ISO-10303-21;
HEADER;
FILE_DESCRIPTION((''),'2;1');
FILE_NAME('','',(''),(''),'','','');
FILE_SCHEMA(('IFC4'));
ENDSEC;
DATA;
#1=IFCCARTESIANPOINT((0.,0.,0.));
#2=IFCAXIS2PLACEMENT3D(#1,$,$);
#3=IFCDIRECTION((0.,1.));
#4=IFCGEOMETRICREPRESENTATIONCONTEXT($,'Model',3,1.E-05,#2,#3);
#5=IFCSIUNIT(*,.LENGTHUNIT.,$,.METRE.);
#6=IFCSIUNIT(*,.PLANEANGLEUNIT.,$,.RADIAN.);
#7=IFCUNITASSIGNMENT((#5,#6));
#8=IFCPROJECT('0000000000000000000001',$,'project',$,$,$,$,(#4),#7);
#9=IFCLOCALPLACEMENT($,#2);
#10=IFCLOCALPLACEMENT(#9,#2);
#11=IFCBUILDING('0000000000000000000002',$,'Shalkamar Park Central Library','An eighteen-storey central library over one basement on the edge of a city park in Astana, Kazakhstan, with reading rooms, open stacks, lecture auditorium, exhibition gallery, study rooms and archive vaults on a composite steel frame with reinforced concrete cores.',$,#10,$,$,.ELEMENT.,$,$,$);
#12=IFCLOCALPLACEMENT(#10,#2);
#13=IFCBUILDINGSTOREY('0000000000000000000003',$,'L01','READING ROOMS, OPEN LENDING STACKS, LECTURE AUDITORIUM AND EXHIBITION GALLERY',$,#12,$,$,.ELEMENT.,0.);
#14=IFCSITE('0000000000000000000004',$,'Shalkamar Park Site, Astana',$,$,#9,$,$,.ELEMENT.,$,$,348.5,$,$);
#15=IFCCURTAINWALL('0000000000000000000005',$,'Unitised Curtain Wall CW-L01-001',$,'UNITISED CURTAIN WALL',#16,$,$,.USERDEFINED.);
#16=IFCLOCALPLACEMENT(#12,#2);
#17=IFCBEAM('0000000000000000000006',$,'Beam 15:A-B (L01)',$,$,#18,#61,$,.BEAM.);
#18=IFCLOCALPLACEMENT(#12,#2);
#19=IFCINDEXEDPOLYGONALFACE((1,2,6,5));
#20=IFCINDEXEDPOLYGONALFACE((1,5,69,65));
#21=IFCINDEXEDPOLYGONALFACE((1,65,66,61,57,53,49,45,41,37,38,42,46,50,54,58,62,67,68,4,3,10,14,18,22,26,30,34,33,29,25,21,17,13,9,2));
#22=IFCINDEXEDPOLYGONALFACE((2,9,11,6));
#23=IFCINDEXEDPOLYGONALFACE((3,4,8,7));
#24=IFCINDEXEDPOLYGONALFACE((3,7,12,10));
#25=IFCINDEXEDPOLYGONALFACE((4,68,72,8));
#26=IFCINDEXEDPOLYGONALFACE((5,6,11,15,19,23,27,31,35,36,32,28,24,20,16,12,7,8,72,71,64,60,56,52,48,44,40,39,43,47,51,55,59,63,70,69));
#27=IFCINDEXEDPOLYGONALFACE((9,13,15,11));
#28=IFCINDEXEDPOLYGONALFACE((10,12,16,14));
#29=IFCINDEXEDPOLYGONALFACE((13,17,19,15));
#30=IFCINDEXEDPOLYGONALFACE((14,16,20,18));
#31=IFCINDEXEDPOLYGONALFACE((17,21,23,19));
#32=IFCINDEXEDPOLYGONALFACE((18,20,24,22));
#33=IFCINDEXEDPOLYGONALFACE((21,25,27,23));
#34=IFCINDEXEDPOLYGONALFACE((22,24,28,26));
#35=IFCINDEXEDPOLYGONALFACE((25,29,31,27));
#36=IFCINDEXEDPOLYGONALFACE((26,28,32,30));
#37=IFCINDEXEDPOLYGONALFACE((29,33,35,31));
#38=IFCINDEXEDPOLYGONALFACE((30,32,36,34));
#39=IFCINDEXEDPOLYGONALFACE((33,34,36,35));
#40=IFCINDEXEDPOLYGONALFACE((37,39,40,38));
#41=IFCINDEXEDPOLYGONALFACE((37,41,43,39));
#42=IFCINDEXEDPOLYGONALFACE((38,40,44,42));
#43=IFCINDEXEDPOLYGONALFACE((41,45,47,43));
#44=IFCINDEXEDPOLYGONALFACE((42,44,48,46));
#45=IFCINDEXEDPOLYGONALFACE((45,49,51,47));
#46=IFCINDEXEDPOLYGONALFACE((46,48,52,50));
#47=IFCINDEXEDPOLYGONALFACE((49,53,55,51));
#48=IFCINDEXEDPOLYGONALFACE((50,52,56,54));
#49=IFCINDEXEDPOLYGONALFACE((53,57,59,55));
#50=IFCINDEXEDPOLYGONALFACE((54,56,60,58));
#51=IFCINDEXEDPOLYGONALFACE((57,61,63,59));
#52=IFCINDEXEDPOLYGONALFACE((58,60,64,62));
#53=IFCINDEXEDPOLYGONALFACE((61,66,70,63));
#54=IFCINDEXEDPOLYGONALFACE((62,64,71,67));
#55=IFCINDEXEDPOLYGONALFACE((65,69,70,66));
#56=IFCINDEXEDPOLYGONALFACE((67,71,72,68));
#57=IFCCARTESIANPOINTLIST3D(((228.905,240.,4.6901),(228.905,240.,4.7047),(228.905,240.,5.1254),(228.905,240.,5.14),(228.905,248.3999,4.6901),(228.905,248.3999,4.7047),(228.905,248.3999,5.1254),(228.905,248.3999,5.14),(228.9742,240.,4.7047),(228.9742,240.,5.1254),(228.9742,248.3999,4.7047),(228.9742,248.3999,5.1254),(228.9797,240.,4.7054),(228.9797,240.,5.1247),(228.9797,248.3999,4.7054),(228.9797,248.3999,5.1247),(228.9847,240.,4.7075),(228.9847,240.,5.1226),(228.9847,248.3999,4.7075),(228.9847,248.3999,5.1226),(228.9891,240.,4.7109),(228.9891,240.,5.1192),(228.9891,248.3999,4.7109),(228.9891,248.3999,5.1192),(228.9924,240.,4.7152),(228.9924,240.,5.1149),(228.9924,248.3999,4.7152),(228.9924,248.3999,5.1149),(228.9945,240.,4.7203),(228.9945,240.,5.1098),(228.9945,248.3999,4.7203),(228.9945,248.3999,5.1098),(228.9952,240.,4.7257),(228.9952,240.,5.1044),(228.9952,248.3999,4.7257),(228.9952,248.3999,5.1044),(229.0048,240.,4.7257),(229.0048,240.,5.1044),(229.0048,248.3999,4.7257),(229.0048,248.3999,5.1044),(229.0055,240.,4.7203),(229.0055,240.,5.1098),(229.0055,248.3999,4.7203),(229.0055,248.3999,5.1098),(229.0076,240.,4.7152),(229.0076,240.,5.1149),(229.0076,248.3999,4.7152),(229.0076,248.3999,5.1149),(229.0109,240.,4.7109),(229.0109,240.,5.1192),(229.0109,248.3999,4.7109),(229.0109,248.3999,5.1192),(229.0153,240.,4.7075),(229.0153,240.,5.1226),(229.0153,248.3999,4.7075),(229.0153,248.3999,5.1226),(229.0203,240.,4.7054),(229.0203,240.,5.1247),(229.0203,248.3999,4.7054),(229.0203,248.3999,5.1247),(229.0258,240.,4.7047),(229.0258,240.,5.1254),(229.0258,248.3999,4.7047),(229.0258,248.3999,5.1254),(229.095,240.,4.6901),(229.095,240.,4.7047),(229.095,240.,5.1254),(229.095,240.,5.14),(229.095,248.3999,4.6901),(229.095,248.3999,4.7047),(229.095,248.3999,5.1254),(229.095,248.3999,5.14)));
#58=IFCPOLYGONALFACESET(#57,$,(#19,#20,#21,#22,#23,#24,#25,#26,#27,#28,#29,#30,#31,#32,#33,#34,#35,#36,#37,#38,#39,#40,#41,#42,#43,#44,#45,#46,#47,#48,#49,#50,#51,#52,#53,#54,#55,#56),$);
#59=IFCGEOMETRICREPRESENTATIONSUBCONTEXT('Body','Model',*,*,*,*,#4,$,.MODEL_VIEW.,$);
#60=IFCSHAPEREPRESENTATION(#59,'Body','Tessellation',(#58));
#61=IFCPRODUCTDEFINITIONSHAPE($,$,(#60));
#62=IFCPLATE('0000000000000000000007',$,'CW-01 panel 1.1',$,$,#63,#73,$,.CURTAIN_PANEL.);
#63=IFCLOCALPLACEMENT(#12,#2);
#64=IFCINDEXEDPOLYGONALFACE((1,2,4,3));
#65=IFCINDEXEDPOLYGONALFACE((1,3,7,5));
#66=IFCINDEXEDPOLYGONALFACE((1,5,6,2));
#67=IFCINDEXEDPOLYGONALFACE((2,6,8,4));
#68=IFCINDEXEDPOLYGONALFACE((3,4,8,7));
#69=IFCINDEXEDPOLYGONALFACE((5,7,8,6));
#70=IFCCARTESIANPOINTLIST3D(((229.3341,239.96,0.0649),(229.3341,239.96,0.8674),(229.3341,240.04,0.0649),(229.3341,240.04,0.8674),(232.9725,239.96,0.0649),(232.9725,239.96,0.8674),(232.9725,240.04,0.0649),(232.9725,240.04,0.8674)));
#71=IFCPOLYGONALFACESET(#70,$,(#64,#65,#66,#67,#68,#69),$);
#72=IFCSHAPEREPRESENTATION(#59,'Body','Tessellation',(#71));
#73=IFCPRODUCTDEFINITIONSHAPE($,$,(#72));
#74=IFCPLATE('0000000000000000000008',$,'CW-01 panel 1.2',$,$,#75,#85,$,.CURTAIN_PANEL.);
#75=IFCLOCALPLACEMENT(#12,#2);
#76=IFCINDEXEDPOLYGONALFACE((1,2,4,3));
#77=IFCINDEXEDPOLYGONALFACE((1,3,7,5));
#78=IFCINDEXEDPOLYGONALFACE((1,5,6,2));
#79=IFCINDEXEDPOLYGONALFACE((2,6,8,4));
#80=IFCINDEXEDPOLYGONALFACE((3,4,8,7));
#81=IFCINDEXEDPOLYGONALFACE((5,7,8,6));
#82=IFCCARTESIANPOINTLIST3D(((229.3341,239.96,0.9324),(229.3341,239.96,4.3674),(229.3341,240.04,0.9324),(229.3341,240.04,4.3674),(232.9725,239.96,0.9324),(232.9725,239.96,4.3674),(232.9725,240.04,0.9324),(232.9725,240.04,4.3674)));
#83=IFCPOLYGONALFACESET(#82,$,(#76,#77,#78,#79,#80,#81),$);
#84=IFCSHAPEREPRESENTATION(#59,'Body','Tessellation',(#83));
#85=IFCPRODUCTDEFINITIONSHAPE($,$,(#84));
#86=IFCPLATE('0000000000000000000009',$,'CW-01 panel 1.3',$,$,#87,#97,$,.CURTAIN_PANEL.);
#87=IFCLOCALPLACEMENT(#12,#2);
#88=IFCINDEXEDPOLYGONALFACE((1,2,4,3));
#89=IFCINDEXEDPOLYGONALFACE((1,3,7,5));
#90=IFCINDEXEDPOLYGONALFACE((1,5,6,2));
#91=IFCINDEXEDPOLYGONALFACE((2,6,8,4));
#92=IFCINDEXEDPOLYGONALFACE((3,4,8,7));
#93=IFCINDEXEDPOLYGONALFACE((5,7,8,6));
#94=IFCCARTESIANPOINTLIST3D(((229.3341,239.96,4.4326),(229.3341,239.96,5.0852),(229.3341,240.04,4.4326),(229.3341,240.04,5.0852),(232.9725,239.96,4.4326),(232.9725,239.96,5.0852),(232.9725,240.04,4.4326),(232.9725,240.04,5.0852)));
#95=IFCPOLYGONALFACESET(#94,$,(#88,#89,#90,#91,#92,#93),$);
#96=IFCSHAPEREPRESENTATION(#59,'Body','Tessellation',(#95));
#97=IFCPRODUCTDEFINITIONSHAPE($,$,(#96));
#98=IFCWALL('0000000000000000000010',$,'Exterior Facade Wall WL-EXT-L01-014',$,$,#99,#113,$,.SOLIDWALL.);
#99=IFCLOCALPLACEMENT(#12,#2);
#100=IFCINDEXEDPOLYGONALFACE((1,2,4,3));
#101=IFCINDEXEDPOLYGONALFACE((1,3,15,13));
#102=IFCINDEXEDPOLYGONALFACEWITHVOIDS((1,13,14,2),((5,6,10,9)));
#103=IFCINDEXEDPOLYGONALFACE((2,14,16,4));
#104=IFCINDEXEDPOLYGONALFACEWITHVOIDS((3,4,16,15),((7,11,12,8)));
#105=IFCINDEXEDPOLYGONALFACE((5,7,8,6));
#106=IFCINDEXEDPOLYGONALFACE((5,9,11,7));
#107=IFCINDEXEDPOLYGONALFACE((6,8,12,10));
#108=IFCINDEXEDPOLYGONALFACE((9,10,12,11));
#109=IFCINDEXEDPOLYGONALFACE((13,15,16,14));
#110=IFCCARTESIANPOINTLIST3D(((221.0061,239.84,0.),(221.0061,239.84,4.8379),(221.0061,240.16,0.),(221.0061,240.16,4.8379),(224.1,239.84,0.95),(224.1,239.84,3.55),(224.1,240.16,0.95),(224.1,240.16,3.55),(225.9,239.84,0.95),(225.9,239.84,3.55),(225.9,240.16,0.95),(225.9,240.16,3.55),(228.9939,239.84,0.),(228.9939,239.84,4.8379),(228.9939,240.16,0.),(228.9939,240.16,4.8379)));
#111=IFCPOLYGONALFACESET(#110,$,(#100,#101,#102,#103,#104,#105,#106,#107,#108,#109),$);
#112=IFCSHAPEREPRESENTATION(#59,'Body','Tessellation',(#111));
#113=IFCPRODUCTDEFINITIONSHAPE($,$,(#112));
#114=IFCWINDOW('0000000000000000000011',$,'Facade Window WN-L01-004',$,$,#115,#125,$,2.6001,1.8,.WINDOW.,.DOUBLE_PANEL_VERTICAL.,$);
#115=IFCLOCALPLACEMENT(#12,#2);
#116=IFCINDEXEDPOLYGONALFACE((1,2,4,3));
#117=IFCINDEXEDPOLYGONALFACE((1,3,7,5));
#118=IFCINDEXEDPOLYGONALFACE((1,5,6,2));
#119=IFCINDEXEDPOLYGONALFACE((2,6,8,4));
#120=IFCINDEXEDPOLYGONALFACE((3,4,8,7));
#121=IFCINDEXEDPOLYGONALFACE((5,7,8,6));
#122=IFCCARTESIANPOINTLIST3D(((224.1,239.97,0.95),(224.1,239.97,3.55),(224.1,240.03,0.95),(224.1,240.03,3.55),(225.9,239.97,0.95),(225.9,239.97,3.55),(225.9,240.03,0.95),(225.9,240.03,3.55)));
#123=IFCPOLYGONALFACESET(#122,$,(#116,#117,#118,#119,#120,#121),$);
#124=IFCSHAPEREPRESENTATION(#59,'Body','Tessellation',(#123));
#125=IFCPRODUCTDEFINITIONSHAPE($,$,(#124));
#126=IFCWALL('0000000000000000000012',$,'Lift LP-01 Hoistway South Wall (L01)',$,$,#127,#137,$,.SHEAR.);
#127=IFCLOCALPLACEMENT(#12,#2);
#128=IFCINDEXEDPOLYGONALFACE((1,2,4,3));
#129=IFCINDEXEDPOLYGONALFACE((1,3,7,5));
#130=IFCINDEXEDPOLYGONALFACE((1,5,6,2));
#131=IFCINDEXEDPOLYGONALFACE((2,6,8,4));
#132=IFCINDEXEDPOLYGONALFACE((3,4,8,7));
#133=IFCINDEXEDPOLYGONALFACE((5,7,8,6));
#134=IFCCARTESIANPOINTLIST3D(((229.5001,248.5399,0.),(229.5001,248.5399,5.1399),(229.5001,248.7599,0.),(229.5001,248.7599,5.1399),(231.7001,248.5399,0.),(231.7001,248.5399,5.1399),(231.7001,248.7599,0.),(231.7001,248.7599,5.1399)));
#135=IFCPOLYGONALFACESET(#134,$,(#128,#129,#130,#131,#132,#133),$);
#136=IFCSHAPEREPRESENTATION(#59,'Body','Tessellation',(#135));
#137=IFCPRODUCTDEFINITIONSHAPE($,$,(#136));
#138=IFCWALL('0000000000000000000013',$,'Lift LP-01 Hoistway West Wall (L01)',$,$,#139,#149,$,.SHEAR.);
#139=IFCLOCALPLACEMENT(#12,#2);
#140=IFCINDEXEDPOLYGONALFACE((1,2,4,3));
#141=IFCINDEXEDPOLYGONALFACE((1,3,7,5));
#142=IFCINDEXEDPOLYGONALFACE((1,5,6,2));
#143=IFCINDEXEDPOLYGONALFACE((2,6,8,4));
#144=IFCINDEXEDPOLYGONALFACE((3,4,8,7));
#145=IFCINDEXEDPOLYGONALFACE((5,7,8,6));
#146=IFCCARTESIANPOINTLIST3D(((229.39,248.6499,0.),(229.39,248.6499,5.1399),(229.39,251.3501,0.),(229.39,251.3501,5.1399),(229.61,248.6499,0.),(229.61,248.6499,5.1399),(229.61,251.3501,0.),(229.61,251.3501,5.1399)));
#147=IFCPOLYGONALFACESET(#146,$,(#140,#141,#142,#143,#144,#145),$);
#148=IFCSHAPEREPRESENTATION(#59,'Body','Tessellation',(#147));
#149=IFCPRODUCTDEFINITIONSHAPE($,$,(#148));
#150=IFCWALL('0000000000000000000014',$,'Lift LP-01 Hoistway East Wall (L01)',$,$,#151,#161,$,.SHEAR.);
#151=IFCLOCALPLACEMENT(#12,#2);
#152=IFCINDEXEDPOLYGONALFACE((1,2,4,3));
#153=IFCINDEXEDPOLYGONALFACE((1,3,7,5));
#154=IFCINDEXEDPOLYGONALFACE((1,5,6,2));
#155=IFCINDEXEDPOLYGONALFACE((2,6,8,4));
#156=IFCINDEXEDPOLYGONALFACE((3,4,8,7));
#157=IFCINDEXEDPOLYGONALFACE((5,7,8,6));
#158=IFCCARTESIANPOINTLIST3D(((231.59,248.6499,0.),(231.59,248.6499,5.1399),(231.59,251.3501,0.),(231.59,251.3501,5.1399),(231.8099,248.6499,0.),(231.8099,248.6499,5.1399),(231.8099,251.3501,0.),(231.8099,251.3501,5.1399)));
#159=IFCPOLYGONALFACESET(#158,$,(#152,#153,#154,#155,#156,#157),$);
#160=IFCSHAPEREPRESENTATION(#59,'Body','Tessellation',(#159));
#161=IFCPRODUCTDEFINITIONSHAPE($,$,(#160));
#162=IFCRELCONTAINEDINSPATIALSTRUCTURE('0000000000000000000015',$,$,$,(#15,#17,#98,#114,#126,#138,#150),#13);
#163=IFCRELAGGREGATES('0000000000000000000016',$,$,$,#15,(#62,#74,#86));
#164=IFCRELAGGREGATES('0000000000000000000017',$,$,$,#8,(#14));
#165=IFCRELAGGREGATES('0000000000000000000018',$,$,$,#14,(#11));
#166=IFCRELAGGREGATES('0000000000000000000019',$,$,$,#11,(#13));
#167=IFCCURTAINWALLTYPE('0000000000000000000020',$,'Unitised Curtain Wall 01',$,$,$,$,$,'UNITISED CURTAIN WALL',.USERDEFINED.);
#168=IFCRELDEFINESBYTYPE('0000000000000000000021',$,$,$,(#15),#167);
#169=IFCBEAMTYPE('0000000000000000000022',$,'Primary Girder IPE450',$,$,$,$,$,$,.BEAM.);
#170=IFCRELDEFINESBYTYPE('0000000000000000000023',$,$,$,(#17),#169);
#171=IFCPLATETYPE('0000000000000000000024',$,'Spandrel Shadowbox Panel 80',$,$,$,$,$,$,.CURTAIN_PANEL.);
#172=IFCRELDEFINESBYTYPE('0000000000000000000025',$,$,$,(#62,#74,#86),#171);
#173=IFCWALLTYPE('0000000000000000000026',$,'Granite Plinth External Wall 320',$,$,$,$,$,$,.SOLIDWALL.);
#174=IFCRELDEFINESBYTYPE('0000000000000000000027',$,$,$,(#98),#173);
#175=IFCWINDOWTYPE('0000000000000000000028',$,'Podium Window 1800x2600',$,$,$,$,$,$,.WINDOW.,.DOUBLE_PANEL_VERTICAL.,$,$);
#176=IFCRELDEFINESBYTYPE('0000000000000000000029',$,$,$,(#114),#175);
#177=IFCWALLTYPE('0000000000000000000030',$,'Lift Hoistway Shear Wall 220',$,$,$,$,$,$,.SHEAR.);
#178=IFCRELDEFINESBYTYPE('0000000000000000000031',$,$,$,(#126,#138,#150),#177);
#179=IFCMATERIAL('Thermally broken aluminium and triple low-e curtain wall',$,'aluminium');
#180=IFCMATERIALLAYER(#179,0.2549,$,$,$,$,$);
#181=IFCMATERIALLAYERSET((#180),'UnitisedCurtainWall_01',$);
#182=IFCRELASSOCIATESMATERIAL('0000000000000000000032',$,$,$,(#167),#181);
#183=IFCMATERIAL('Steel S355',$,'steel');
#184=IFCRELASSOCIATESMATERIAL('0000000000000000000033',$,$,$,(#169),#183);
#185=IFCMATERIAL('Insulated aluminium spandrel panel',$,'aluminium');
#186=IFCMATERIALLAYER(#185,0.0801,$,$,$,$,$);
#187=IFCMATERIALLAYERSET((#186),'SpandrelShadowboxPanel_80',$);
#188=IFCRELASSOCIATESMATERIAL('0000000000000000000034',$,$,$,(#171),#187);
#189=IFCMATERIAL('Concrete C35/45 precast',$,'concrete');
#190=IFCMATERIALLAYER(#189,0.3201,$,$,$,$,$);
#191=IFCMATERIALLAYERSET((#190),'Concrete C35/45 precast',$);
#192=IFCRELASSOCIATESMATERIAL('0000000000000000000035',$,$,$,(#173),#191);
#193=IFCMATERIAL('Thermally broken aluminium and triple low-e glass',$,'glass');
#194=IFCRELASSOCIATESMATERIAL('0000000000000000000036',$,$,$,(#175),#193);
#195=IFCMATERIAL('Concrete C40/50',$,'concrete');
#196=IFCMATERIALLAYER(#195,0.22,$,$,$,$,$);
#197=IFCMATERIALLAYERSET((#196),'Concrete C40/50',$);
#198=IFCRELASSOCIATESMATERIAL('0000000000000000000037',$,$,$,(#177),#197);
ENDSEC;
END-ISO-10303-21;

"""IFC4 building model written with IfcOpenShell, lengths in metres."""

from ifc_helpers import new_model, si_unit, direction, frame, frame_2d, origin, origin_2d, place, context, subcontext, project, spatial, rectangle, i_section, extrude, material, layer, layer_set, material_profile, profile_set, type_object, element, fill, aggregate, save


model = new_model("IFC4")

# Units and contexts
model_context = context("Model", 3, precision=1e-05, world=origin(), true_north=direction((0.0, 1.0)))
body_context = subcontext(model_context, "Body", "Model", "MODEL_VIEW")
ifc_project = project(units=[si_unit("LENGTHUNIT", "METRE"), si_unit("PLANEANGLEUNIT", "RADIAN")], contexts=[model_context])

# Site, building, storey
site_placement = place(None, origin())
site = spatial("IfcSite", under=ifc_project, at=site_placement, Name="Shalkamar Park Site, Astana", CompositionType="ELEMENT", RefElevation=348.5)
building_placement = place(site_placement, origin())
building = spatial("IfcBuilding", under=site, at=building_placement, Name="Shalkamar Park Central Library", Description="An eighteen-storey central library over one basement on the edge of a city park in Astana, Kazakhstan, with reading rooms, open stacks, lecture auditorium, exhibition gallery, study rooms and archive vaults on a composite steel frame with reinforced concrete cores.", CompositionType="ELEMENT")
storey_placement = place(building_placement, origin())
storey = spatial("IfcBuildingStorey", under=building, at=storey_placement, Name="L01", Description="READING ROOMS, OPEN LENDING STACKS, LECTURE AUDITORIUM AND EXHIBITION GALLERY", CompositionType="ELEMENT", Elevation=0.0)

# Shared definitions
ifc_material_1 = material(Name="Steel S355", Category="steel")

# Curtain wall
ifc_material_2 = material(Name="Thermally broken aluminium and triple low-e curtain wall", Category="aluminium")
ifc_layer_1 = layer(ifc_material_2, 0.2549)
ifc_layer_set_1 = layer_set([ifc_layer_1], Name="UnitisedCurtainWall_01")
curtain_wall_type = type_object("IfcCurtainWallType", Name="Unitised Curtain Wall 01", ElementType="UNITISED CURTAIN WALL", PredefinedType="USERDEFINED", material=ifc_layer_set_1)
curtain_wall_placement = place(storey_placement, origin())
curtain_wall = element("IfcCurtainWall", 1, at=curtain_wall_placement, inside=storey, type_object=curtain_wall_type, Name="Unitised Curtain Wall CW-L01-001", ObjectType="UNITISED CURTAIN WALL", PredefinedType="USERDEFINED")

# Beam
ifc_material_profile_1 = material_profile(ifc_material_1, i_section(OverallWidth=0.1899, OverallDepth=0.45, WebThickness=0.0095, FlangeThickness=0.0146, FilletRadius=0.021, at=origin_2d()), Name="IPE 450")
ifc_profile_set_1 = profile_set([ifc_material_profile_1], Name="Steel S355")
beam_type_1 = type_object("IfcBeamType", Name="Primary Girder IPE450", PredefinedType="BEAM", material=ifc_profile_set_1)
beam_1_placement = place(storey_placement, frame((229.0, 240.0, 4.915), z_axis=(0.0, 1.0, 0.0), x_axis=(-1.0, 0.0, 0.0)))
element("IfcBeam", 2, at=beam_1_placement, inside=storey, type_object=beam_type_1, Name="Beam 15:A-B (L01)", PredefinedType="BEAM", context=body_context, shape_type="SweptSolid", body=[
    extrude(i_section(OverallWidth=0.1899, OverallDepth=0.45, WebThickness=0.0095, FlangeThickness=0.0146, FilletRadius=0.021, at=origin_2d()), origin(), (0.0, 0.0, 1.0), 8.3999),
])

# Plates
ifc_material_3 = material(Name="Insulated aluminium spandrel panel", Category="aluminium")
ifc_layer_2 = layer(ifc_material_3, 0.0801)
ifc_layer_set_2 = layer_set([ifc_layer_2], Name="SpandrelShadowboxPanel_80")
plate_type = type_object("IfcPlateType", Name="Spandrel Shadowbox Panel 80", PredefinedType="CURTAIN_PANEL", material=ifc_layer_set_2)
plate_1_placement = place(storey_placement, frame((231.1533, 240.0, 0.0649), z_axis=(0.0, 0.0, 1.0), x_axis=(1.0, 0.0, 0.0)))
plate_1 = element("IfcPlate", 3, at=plate_1_placement, type_object=plate_type, Name="CW-01 panel 1.1", PredefinedType="CURTAIN_PANEL", context=body_context, shape_type="SweptSolid", body=[
    extrude(rectangle(XDim=3.6384, YDim=0.0801, at=origin_2d()), origin(), (0.0, 0.0, 1.0), 0.8025),
])
plate_2_placement = place(storey_placement, frame((231.1533, 240.0, 0.9324), z_axis=(0.0, 0.0, 1.0), x_axis=(1.0, 0.0, 0.0)))
plate_2 = element("IfcPlate", 4, at=plate_2_placement, type_object=plate_type, Name="CW-01 panel 1.2", PredefinedType="CURTAIN_PANEL", context=body_context, shape_type="SweptSolid", body=[
    extrude(rectangle(XDim=3.6384, YDim=0.0801, at=origin_2d()), origin(), (0.0, 0.0, 1.0), 3.4351),
])
plate_3_placement = place(storey_placement, frame((231.1533, 240.0, 4.4326), z_axis=(0.0, 0.0, 1.0), x_axis=(1.0, 0.0, 0.0)))
plate_3 = element("IfcPlate", 5, at=plate_3_placement, type_object=plate_type, Name="CW-01 panel 1.3", PredefinedType="CURTAIN_PANEL", context=body_context, shape_type="SweptSolid", body=[
    extrude(rectangle(XDim=3.6384, YDim=0.0801, at=origin_2d()), origin(), (0.0, 0.0, 1.0), 0.6526),
])
aggregate(curtain_wall, [plate_1, plate_2, plate_3])

# Wall, opening, window
ifc_material_4 = material(Name="Concrete C35/45 precast", Category="concrete")
ifc_layer_3 = layer(ifc_material_4, 0.3201)
ifc_layer_set_3 = layer_set([ifc_layer_3], Name="Concrete C35/45 precast")
wall_type_1 = type_object("IfcWallType", Name="Granite Plinth External Wall 320", PredefinedType="SOLIDWALL", material=ifc_layer_set_3)
wall_1_placement = place(storey_placement, frame((221.0061, 240.0, 0.0), z_axis=(0.0, 0.0, 1.0), x_axis=(1.0, 0.0, 0.0)))
wall_1 = element("IfcWall", 6, at=wall_1_placement, inside=storey, type_object=wall_type_1, Name="Exterior Facade Wall WL-EXT-L01-014", PredefinedType="SOLIDWALL", context=body_context, shape_type="SweptSolid", body=[
    extrude(rectangle(XDim=7.9878, YDim=0.3201, at=frame_2d((3.9939, 0.0))), origin(), (0.0, 0.0, 1.0), 4.8379),
])
opening_1_placement = place(wall_1_placement, frame((3.094, 0.0, 0.95)))
opening_1 = element("IfcOpeningElement", 7, at=opening_1_placement, cuts=wall_1, PredefinedType="OPENING", context=body_context, shape_type="SweptSolid", body=[
    extrude(rectangle(XDim=1.8, YDim=2.6001, at=frame_2d((0.8999, 1.3))), frame((0.0, 0.1748, 0.0), z_axis=(0.0, -1.0, 0.0), x_axis=(1.0, 0.0, 0.0)), (0.0, 0.0, 1.0), 0.3499),
])
ifc_material_5 = material(Name="Thermally broken aluminium and triple low-e glass", Category="glass")
window_type = type_object("IfcWindowType", Name="Podium Window 1800x2600", PartitioningType="DOUBLE_PANEL_VERTICAL", PredefinedType="WINDOW", material=ifc_material_5)
window_placement = place(opening_1_placement, origin())
window = element("IfcWindow", 8, at=window_placement, inside=storey, type_object=window_type, Name="Facade Window WN-L01-004", OverallHeight=2.6001, OverallWidth=1.8, PartitioningType="DOUBLE_PANEL_VERTICAL", PredefinedType="WINDOW", context=body_context, shape_type="SweptSolid", body=[
    extrude(rectangle(XDim=1.8, YDim=2.6001, at=frame_2d((0.8999, 1.3))), frame((0.0, 0.03, 0.0), z_axis=(0.0, -1.0, 0.0), x_axis=(1.0, 0.0, 0.0)), (0.0, 0.0, 1.0), 0.0601),
])
fill(opening_1, window)

# Walls
ifc_material_6 = material(Name="Concrete C40/50", Category="concrete")
ifc_layer_4 = layer(ifc_material_6, 0.22)
ifc_layer_set_4 = layer_set([ifc_layer_4], Name="Concrete C40/50")
wall_type_2 = type_object("IfcWallType", Name="Lift Hoistway Shear Wall 220", PredefinedType="SHEAR", material=ifc_layer_set_4)
wall_2_placement = place(storey_placement, frame((229.5, 248.6499, 0.0), z_axis=(0.0, 0.0, 1.0), x_axis=(1.0, 0.0, 0.0)))
element("IfcWall", 9, at=wall_2_placement, inside=storey, type_object=wall_type_2, Name="Lift LP-01 Hoistway South Wall (L01)", PredefinedType="SHEAR", context=body_context, shape_type="SweptSolid", body=[
    extrude(rectangle(XDim=2.2, YDim=0.22, at=frame_2d((1.1001, 0.0))), origin(), (0.0, 0.0, 1.0), 5.1399),
])
for number, where, z_axis, x_axis, name in (
    (10, (229.5, 248.6499, 0.0), (0.0, 0.0, 1.0), (0.0, 1.0, 0.0), "Lift LP-01 Hoistway West Wall (L01)"),
    (11, (231.7, 248.6499, 0.0), (0.0, 0.0, 1.0), (0.0, 1.0, 0.0), "Lift LP-01 Hoistway East Wall (L01)"),
):
    element("IfcWall", number, at=place(storey_placement, frame(where, z_axis=z_axis, x_axis=x_axis)), inside=storey, type_object=wall_type_2, Name=name, PredefinedType="SHEAR", context=body_context, shape_type="SweptSolid", body=[
        extrude(rectangle(XDim=2.7002, YDim=0.22, at=frame_2d((1.3501, 0.0))), origin(), (0.0, 0.0, 1.0), 5.1399),
    ])

save(model, "model.ifc")
